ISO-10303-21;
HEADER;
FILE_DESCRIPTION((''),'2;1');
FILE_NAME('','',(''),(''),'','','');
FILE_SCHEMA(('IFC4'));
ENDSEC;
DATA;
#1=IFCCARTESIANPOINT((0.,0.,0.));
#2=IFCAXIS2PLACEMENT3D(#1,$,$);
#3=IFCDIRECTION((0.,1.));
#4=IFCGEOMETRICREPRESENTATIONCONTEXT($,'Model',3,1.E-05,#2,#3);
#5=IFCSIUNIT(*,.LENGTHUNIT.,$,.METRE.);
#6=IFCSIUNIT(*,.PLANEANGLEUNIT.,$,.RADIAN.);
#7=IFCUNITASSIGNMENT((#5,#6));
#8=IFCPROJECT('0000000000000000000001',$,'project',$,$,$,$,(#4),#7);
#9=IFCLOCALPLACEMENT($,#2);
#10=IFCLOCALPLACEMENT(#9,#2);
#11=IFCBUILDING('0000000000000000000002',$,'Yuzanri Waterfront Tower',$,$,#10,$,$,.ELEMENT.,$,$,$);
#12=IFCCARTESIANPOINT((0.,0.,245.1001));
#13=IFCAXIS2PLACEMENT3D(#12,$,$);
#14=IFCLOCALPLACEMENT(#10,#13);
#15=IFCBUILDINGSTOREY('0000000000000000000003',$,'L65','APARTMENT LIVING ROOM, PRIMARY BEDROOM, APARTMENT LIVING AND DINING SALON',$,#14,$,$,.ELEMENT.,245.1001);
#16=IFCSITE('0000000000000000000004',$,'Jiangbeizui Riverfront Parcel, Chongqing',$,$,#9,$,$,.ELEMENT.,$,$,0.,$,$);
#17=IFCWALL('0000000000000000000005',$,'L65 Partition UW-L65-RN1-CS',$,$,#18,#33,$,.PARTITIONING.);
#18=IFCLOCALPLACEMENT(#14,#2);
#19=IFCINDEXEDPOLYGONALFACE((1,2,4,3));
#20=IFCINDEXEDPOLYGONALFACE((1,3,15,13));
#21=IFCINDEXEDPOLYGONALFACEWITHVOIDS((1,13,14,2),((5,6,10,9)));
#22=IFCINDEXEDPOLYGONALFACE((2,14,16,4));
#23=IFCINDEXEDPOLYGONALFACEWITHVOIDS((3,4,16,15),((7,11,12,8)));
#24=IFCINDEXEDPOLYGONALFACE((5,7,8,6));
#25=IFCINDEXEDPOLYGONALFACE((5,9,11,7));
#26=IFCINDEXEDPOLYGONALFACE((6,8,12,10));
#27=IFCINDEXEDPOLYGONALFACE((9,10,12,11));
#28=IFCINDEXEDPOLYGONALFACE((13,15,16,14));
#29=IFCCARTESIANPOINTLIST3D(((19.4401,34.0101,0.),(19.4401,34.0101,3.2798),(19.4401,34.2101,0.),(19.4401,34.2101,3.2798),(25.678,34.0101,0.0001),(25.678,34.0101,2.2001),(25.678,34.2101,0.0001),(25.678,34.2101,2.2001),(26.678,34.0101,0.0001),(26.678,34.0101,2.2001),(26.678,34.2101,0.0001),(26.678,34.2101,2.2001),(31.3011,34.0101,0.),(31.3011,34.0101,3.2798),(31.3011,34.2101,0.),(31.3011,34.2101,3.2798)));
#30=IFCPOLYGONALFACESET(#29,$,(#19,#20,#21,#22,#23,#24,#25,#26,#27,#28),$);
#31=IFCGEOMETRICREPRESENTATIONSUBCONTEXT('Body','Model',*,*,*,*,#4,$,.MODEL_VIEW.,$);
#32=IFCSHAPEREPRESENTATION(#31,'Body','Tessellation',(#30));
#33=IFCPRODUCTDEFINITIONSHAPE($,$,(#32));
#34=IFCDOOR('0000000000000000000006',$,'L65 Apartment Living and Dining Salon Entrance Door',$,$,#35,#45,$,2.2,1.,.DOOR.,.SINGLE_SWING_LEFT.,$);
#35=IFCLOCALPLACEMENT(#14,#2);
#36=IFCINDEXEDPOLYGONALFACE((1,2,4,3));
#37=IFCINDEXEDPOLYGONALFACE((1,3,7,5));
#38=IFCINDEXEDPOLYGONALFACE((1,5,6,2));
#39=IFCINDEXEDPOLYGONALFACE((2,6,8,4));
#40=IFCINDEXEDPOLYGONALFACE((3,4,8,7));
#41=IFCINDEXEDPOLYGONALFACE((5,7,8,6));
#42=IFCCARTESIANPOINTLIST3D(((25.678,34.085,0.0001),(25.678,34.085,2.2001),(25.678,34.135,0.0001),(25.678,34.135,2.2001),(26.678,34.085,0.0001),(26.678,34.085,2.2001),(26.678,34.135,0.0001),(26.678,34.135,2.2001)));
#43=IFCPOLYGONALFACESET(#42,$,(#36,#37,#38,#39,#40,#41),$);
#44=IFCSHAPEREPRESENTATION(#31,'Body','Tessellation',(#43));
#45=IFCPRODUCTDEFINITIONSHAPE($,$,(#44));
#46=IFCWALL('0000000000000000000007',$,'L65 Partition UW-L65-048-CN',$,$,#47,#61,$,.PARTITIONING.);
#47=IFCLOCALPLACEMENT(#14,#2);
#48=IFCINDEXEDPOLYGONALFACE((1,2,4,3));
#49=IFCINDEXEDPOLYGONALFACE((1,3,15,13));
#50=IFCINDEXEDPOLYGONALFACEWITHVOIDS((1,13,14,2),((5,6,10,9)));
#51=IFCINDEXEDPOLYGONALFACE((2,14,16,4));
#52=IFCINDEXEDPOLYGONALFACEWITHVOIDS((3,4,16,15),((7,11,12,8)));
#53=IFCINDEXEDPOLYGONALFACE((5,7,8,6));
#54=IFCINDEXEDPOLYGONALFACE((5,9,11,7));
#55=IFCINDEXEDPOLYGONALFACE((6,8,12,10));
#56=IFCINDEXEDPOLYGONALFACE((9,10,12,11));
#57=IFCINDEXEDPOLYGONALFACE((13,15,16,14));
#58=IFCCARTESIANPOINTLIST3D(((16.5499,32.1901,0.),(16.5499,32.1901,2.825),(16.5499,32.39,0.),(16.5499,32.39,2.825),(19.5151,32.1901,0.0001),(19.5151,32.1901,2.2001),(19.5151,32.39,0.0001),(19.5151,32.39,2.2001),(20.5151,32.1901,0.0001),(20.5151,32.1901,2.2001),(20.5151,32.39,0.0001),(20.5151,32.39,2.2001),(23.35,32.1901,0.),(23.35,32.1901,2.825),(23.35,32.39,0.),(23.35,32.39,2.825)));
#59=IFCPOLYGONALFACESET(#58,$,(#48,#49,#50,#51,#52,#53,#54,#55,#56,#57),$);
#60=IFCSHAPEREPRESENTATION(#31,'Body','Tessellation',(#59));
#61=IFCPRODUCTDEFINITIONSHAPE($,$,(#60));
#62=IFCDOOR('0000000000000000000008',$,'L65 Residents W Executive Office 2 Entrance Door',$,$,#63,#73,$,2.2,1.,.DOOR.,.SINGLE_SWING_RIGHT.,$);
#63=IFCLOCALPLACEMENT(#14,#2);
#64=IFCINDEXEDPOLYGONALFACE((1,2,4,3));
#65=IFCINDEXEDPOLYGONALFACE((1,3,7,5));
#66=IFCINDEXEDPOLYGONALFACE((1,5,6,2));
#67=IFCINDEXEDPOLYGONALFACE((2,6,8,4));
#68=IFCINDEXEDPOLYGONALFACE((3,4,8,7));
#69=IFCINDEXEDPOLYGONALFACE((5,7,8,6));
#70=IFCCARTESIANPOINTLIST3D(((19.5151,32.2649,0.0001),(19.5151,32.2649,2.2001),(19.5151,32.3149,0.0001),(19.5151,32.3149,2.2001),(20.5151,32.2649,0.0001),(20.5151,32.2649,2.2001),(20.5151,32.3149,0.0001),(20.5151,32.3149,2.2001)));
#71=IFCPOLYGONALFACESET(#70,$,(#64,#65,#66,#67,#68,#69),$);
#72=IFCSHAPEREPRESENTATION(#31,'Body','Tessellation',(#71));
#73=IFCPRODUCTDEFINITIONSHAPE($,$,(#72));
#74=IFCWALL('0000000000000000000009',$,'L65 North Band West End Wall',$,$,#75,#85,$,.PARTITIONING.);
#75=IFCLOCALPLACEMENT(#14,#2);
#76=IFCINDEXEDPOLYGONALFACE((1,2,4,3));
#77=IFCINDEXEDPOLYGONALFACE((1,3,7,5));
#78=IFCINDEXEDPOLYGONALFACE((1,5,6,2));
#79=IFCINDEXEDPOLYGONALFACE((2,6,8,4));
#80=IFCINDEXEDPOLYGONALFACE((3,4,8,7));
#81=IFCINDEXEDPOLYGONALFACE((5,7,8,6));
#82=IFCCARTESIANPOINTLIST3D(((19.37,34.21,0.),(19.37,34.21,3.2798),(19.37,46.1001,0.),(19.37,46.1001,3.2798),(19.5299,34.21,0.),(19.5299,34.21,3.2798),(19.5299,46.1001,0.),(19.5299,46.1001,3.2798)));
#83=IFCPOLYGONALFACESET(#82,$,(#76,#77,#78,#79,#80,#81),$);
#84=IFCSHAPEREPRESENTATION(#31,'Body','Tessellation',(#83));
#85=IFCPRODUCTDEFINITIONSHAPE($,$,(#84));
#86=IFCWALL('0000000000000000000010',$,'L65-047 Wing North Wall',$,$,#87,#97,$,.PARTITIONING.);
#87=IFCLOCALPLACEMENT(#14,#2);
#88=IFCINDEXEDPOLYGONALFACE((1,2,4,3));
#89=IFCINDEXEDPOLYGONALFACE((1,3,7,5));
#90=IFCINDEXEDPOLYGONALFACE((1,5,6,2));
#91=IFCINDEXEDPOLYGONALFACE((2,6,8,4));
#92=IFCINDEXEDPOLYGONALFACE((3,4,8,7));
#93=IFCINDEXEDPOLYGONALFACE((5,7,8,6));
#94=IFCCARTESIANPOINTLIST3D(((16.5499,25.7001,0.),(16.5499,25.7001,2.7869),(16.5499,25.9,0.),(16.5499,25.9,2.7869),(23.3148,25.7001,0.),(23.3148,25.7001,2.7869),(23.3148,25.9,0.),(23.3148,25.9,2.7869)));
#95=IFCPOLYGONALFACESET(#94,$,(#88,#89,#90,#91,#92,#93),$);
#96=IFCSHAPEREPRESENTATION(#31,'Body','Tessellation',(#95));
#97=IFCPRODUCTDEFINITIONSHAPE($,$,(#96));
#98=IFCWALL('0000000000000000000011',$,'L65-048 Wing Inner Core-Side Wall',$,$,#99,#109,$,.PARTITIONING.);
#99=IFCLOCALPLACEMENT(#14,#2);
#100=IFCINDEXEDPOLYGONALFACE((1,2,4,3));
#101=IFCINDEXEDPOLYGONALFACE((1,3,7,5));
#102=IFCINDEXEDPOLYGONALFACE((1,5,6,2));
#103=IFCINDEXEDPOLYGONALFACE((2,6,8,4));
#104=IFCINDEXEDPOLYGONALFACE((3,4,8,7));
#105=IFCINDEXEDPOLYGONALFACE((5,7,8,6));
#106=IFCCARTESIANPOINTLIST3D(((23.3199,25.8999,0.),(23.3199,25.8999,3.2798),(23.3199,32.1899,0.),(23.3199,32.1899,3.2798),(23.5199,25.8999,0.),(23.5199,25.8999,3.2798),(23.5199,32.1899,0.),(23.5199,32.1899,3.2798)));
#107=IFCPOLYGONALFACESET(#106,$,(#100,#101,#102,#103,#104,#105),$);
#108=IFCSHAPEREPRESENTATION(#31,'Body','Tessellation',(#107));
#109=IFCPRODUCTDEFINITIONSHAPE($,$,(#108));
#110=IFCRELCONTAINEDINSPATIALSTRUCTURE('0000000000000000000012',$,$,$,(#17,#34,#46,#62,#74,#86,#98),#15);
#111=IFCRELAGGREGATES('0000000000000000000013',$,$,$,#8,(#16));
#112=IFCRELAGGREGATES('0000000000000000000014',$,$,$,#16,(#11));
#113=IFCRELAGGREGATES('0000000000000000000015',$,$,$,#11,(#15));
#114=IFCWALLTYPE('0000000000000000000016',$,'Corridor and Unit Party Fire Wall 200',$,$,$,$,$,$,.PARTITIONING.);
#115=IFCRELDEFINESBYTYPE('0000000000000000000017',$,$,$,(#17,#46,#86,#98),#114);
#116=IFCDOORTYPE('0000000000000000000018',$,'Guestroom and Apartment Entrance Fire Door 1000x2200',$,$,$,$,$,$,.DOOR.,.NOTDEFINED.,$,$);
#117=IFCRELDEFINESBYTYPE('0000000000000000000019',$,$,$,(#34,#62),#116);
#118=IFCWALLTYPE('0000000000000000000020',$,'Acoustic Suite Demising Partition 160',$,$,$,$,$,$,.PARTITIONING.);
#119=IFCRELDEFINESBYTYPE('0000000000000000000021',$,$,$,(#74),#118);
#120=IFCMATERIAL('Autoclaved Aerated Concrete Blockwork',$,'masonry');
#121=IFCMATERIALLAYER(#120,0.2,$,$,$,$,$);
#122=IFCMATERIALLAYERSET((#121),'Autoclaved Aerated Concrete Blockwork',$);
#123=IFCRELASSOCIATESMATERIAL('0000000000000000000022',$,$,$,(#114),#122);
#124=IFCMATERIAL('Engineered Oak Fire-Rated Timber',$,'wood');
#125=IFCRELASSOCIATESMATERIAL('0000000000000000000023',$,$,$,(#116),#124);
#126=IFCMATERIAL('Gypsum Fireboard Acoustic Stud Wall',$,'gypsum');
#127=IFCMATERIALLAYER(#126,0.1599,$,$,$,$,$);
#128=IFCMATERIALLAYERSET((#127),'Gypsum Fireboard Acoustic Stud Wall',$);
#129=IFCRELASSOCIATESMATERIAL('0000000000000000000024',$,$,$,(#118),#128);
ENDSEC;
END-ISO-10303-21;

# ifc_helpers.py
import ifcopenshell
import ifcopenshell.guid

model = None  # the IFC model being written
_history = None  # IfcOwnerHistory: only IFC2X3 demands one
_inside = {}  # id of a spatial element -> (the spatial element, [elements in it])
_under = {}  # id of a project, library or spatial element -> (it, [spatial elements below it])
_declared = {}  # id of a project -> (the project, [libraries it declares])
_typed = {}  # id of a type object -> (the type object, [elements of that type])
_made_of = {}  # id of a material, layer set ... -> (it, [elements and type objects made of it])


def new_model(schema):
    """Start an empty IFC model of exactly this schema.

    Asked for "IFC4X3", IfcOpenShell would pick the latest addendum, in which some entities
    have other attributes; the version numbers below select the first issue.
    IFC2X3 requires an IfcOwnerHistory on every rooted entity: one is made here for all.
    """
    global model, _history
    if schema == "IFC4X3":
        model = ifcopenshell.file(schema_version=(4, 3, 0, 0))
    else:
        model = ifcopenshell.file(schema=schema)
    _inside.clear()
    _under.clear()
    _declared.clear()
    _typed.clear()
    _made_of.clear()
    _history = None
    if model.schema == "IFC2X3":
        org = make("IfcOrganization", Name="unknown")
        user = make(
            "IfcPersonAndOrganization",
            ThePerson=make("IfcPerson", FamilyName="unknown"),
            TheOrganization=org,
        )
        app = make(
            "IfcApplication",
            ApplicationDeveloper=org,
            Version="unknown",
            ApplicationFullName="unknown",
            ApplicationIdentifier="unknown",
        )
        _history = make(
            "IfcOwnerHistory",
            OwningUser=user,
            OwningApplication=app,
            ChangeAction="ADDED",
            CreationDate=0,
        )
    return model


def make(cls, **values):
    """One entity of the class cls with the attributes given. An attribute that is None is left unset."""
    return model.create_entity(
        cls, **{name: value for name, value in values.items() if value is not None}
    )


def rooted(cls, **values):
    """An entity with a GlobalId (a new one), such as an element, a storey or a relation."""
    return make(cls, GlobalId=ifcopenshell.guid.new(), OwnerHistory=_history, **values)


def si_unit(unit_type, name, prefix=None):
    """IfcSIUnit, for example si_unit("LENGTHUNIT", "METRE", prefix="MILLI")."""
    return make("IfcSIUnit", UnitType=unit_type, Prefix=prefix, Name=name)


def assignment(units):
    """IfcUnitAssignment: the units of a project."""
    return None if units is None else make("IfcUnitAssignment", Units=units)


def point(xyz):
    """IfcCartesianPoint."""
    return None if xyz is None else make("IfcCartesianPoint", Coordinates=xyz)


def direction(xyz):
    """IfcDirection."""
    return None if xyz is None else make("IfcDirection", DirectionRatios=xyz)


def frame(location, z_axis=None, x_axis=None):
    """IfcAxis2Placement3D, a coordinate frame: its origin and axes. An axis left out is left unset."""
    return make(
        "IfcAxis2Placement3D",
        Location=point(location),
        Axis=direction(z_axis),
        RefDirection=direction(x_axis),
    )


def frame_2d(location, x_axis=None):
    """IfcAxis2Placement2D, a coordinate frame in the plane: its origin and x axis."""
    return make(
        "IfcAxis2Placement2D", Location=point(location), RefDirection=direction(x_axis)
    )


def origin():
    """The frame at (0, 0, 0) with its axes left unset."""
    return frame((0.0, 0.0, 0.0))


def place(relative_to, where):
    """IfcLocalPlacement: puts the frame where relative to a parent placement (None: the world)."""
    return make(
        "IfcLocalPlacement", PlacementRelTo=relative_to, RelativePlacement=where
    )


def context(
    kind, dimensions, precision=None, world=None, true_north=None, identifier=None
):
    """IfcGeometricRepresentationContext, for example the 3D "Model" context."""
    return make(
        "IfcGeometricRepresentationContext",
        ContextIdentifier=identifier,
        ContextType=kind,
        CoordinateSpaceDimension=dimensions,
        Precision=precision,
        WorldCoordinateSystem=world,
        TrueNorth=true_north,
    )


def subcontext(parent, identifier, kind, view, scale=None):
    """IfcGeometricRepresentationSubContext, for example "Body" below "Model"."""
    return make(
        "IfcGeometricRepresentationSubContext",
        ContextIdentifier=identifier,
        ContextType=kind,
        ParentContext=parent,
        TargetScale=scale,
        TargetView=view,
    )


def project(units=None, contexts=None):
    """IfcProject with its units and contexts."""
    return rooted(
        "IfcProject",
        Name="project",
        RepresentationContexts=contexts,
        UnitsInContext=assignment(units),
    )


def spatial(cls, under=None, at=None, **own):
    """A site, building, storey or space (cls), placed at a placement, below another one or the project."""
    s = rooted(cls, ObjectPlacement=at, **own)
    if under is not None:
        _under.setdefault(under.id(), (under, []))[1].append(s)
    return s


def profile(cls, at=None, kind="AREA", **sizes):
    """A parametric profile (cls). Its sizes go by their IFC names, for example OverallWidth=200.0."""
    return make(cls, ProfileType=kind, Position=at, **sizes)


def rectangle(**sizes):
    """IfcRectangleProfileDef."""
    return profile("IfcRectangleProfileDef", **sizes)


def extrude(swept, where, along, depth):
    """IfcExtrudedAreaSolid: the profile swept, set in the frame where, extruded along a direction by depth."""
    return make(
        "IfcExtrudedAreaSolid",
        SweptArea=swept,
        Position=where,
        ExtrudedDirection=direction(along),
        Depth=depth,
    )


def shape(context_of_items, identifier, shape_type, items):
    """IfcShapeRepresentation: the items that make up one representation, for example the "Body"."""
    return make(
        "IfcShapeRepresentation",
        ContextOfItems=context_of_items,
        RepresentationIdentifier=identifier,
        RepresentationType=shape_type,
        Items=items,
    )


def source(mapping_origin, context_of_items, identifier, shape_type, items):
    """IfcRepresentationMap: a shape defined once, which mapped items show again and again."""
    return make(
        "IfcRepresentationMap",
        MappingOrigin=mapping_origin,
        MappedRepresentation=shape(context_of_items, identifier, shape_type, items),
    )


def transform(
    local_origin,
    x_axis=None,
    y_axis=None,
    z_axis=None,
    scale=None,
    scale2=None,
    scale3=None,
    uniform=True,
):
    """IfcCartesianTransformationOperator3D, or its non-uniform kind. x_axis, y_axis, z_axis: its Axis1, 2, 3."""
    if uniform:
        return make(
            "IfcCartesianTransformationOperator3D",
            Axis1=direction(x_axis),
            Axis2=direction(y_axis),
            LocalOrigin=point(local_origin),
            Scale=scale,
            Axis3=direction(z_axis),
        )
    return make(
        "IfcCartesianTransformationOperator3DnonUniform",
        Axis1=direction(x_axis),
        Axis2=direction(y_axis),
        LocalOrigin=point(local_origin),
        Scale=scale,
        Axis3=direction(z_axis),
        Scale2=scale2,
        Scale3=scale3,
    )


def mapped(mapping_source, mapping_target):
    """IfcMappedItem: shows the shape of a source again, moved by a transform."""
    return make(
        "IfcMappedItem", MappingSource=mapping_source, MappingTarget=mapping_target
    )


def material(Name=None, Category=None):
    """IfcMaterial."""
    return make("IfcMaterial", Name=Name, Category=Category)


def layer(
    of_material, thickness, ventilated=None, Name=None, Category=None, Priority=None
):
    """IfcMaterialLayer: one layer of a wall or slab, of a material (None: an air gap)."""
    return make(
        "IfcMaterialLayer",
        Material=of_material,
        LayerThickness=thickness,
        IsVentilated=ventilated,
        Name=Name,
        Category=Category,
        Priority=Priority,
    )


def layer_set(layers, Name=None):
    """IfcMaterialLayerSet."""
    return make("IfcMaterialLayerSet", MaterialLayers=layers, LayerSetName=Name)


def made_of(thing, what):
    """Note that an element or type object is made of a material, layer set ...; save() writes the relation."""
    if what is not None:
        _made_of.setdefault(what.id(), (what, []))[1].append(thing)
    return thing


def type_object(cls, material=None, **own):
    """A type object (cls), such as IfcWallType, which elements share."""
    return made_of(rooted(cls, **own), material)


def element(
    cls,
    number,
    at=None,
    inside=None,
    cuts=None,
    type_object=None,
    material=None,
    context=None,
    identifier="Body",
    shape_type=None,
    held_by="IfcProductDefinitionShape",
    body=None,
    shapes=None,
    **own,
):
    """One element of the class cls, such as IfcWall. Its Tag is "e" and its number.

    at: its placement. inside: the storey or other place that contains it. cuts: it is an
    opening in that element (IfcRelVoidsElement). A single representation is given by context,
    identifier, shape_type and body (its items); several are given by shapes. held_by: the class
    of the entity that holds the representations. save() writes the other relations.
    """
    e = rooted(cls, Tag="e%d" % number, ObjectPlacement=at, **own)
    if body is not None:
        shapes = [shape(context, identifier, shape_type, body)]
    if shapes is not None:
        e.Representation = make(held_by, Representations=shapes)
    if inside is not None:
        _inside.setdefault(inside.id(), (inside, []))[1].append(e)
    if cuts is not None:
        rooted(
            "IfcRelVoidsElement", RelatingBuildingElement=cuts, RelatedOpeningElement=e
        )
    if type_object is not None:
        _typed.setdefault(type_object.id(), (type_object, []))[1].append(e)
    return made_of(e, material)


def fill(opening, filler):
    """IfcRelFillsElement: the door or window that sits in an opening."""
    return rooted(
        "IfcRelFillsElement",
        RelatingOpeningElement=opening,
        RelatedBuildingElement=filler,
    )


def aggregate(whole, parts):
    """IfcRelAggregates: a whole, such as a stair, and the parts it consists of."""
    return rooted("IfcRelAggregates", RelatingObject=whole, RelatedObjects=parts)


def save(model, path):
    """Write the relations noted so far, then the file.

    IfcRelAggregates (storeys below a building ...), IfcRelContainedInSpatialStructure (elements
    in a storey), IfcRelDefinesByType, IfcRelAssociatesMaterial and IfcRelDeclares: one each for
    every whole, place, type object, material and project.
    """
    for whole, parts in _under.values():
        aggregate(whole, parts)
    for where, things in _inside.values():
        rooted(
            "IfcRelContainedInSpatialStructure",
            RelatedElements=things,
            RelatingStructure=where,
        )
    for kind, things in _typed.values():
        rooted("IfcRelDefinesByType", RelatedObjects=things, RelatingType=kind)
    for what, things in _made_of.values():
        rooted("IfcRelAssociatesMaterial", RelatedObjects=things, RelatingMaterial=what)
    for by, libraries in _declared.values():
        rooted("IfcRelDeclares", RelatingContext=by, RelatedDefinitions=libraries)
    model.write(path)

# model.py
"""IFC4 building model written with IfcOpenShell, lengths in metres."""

from ifc_helpers import new_model, si_unit, direction, frame, frame_2d, origin, place, context, subcontext, project, spatial, rectangle, extrude, source, transform, mapped, material, layer, layer_set, type_object, element, fill, save


model = new_model("IFC4")

# Units and contexts
model_context = context("Model", 3, precision=1e-05, world=origin(), true_north=direction((0.0, 1.0)))
body_context = subcontext(model_context, "Body", "Model", "MODEL_VIEW")
ifc_project = project(units=[si_unit("LENGTHUNIT", "METRE"), si_unit("PLANEANGLEUNIT", "RADIAN")], contexts=[model_context])

# Site, building, storey
site_placement = place(None, origin())
site = spatial("IfcSite", under=ifc_project, at=site_placement, Name="Jiangbeizui Riverfront Parcel, Chongqing", CompositionType="ELEMENT", RefElevation=0.0)
building_placement = place(site_placement, origin())
building = spatial("IfcBuilding", under=site, at=building_placement, Name="Yuzanri Waterfront Tower", CompositionType="ELEMENT")
storey_placement = place(building_placement, frame((0.0, 0.0, 245.1001)))
storey = spatial("IfcBuildingStorey", under=building, at=storey_placement, Name="L65", Description="APARTMENT LIVING ROOM, PRIMARY BEDROOM, APARTMENT LIVING AND DINING SALON", CompositionType="ELEMENT", Elevation=245.1001)

# Walls, openings, doors
ifc_material_1 = material(Name="Autoclaved Aerated Concrete Blockwork", Category="masonry")
ifc_layer_1 = layer(ifc_material_1, 0.2)
ifc_layer_set_1 = layer_set([ifc_layer_1], Name="Autoclaved Aerated Concrete Blockwork")
wall_type_1 = type_object("IfcWallType", Name="Corridor and Unit Party Fire Wall 200", PredefinedType="PARTITIONING", material=ifc_layer_set_1)
wall_1_placement = place(storey_placement, frame((19.4399, 34.1101, 0.0), z_axis=(0.0, 0.0, 1.0), x_axis=(1.0, 0.0, 0.0)))
wall_1 = element("IfcWall", 1, at=wall_1_placement, inside=storey, type_object=wall_type_1, Name="L65 Partition UW-L65-RN1-CS", PredefinedType="PARTITIONING", context=body_context, shape_type="SweptSolid", body=[
    extrude(rectangle(XDim=11.8611, YDim=0.2, at=frame_2d((5.9307, 0.0))), origin(), (0.0, 0.0, 1.0), 3.2798),
])
opening_1_placement = place(wall_1_placement, frame((6.238, 0.0, 0.0)))
opening_1 = element("IfcOpeningElement", 2, at=opening_1_placement, cuts=wall_1, PredefinedType="OPENING", context=body_context, shape_type="SweptSolid", body=[
    extrude(rectangle(XDim=1.0, YDim=2.2, at=frame_2d((0.5, 1.1001))), frame((0.0, 0.1147, 0.0), z_axis=(0.0, -1.0, 0.0), x_axis=(1.0, 0.0, 0.0)), (0.0, 0.0, 1.0), 0.2297),
])
ifc_material_2 = material(Name="Engineered Oak Fire-Rated Timber", Category="wood")
door_type_1 = type_object("IfcDoorType", Name="Guestroom and Apartment Entrance Fire Door 1000x2200", OperationType="NOTDEFINED", PredefinedType="DOOR", material=ifc_material_2)
shared_shape_1 = source(origin(), body_context, "Body", "SweptSolid", [
    extrude(rectangle(XDim=1.0, YDim=2.2, at=frame_2d((0.5, 1.1001))), frame((0.0, 0.0249, 0.0), z_axis=(0.0, -1.0, 0.0), x_axis=(1.0, 0.0, 0.0)), (0.0, 0.0, 1.0), 0.05),
])
door_1_placement = place(opening_1_placement, origin())
door_1 = element("IfcDoor", 3, at=door_1_placement, inside=storey, type_object=door_type_1, Name="L65 Apartment Living and Dining Salon Entrance Door", OperationType="SINGLE_SWING_LEFT", OverallHeight=2.2, OverallWidth=1.0, PredefinedType="DOOR", context=body_context, shape_type="MappedRepresentation", body=[
    mapped(shared_shape_1, transform((0.0, 0.0, 0.0), scale=1.0)),
])
fill(opening_1, door_1)
wall_2_placement = place(storey_placement, frame((16.55, 32.29, 0.0), z_axis=(0.0, 0.0, 1.0), x_axis=(1.0, 0.0, 0.0)))
wall_2 = element("IfcWall", 4, at=wall_2_placement, inside=storey, type_object=wall_type_1, Name="L65 Partition UW-L65-048-CN", PredefinedType="PARTITIONING", context=body_context, shape_type="SweptSolid", body=[
    extrude(rectangle(XDim=6.8, YDim=0.2, at=frame_2d((3.3999, 0.0))), origin(), (0.0, 0.0, 1.0), 2.825),
])
opening_2_placement = place(wall_2_placement, frame((2.9651, 0.0, 0.0)))
opening_2 = element("IfcOpeningElement", 5, at=opening_2_placement, cuts=wall_2, PredefinedType="OPENING", context=body_context, shape_type="SweptSolid", body=[
    extrude(rectangle(XDim=1.0, YDim=2.2, at=frame_2d((0.5, 1.1001))), frame((0.0, 0.1147, 0.0), z_axis=(0.0, -1.0, 0.0), x_axis=(1.0, 0.0, 0.0)), (0.0, 0.0, 1.0), 0.2297),
])
door_2_placement = place(opening_2_placement, origin())
door_2 = element("IfcDoor", 6, at=door_2_placement, inside=storey, type_object=door_type_1, Name="L65 Residents W Executive Office 2 Entrance Door", OperationType="SINGLE_SWING_RIGHT", OverallHeight=2.2, OverallWidth=1.0, PredefinedType="DOOR", context=body_context, shape_type="MappedRepresentation", body=[
    mapped(shared_shape_1, transform((0.0, 0.0, 0.0), scale=1.0)),
])
fill(opening_2, door_2)

# Walls
ifc_material_3 = material(Name="Gypsum Fireboard Acoustic Stud Wall", Category="gypsum")
ifc_layer_2 = layer(ifc_material_3, 0.1599)
ifc_layer_set_2 = layer_set([ifc_layer_2], Name="Gypsum Fireboard Acoustic Stud Wall")
wall_type_2 = type_object("IfcWallType", Name="Acoustic Suite Demising Partition 160", PredefinedType="PARTITIONING", material=ifc_layer_set_2)
shared_shape_2 = source(origin(), body_context, "Body", "SweptSolid", [
    extrude(rectangle(XDim=11.8901, YDim=0.1599, at=frame_2d((5.9451, 0.0))), origin(), (0.0, 0.0, 1.0), 3.2798),
])
wall_3_placement = place(storey_placement, frame((19.45, 34.21, 0.0), z_axis=(0.0, 0.0, 1.0), x_axis=(0.0, 1.0, 0.0)))
element("IfcWall", 7, at=wall_3_placement, inside=storey, type_object=wall_type_2, Name="L65 North Band West End Wall", PredefinedType="PARTITIONING", context=body_context, shape_type="MappedRepresentation", body=[
    mapped(shared_shape_2, transform((0.0, 0.0, 0.0), scale=1.0)),
])
shared_shape_3 = source(origin(), body_context, "Body", "SweptSolid", [
    extrude(rectangle(XDim=6.7649, YDim=0.2, at=frame_2d((3.3823, 0.0))), origin(), (0.0, 0.0, 1.0), 2.7869),
])
wall_4_placement = place(storey_placement, frame((16.55, 25.8, 0.0), z_axis=(0.0, 0.0, 1.0), x_axis=(1.0, 0.0, 0.0)))
element("IfcWall", 8, at=wall_4_placement, inside=storey, type_object=wall_type_1, Name="L65-047 Wing North Wall", PredefinedType="PARTITIONING", context=body_context, shape_type="MappedRepresentation", body=[
    mapped(shared_shape_3, transform((0.0, 0.0, 0.0), scale=1.0)),
])
shared_shape_4 = source(origin(), body_context, "Body", "SweptSolid", [
    extrude(rectangle(XDim=6.29, YDim=0.2, at=frame_2d((3.145, 0.0))), origin(), (0.0, 0.0, 1.0), 3.2798),
])
wall_5_placement = place(storey_placement, frame((23.4199, 25.8999, 0.0), z_axis=(0.0, 0.0, 1.0), x_axis=(0.0, 1.0, 0.0)))
element("IfcWall", 9, at=wall_5_placement, inside=storey, type_object=wall_type_1, Name="L65-048 Wing Inner Core-Side Wall", PredefinedType="PARTITIONING", context=body_context, shape_type="MappedRepresentation", body=[
    mapped(shared_shape_4, transform((0.0, 0.0, 0.0), scale=1.0)),
])

save(model, "model.ifc")
